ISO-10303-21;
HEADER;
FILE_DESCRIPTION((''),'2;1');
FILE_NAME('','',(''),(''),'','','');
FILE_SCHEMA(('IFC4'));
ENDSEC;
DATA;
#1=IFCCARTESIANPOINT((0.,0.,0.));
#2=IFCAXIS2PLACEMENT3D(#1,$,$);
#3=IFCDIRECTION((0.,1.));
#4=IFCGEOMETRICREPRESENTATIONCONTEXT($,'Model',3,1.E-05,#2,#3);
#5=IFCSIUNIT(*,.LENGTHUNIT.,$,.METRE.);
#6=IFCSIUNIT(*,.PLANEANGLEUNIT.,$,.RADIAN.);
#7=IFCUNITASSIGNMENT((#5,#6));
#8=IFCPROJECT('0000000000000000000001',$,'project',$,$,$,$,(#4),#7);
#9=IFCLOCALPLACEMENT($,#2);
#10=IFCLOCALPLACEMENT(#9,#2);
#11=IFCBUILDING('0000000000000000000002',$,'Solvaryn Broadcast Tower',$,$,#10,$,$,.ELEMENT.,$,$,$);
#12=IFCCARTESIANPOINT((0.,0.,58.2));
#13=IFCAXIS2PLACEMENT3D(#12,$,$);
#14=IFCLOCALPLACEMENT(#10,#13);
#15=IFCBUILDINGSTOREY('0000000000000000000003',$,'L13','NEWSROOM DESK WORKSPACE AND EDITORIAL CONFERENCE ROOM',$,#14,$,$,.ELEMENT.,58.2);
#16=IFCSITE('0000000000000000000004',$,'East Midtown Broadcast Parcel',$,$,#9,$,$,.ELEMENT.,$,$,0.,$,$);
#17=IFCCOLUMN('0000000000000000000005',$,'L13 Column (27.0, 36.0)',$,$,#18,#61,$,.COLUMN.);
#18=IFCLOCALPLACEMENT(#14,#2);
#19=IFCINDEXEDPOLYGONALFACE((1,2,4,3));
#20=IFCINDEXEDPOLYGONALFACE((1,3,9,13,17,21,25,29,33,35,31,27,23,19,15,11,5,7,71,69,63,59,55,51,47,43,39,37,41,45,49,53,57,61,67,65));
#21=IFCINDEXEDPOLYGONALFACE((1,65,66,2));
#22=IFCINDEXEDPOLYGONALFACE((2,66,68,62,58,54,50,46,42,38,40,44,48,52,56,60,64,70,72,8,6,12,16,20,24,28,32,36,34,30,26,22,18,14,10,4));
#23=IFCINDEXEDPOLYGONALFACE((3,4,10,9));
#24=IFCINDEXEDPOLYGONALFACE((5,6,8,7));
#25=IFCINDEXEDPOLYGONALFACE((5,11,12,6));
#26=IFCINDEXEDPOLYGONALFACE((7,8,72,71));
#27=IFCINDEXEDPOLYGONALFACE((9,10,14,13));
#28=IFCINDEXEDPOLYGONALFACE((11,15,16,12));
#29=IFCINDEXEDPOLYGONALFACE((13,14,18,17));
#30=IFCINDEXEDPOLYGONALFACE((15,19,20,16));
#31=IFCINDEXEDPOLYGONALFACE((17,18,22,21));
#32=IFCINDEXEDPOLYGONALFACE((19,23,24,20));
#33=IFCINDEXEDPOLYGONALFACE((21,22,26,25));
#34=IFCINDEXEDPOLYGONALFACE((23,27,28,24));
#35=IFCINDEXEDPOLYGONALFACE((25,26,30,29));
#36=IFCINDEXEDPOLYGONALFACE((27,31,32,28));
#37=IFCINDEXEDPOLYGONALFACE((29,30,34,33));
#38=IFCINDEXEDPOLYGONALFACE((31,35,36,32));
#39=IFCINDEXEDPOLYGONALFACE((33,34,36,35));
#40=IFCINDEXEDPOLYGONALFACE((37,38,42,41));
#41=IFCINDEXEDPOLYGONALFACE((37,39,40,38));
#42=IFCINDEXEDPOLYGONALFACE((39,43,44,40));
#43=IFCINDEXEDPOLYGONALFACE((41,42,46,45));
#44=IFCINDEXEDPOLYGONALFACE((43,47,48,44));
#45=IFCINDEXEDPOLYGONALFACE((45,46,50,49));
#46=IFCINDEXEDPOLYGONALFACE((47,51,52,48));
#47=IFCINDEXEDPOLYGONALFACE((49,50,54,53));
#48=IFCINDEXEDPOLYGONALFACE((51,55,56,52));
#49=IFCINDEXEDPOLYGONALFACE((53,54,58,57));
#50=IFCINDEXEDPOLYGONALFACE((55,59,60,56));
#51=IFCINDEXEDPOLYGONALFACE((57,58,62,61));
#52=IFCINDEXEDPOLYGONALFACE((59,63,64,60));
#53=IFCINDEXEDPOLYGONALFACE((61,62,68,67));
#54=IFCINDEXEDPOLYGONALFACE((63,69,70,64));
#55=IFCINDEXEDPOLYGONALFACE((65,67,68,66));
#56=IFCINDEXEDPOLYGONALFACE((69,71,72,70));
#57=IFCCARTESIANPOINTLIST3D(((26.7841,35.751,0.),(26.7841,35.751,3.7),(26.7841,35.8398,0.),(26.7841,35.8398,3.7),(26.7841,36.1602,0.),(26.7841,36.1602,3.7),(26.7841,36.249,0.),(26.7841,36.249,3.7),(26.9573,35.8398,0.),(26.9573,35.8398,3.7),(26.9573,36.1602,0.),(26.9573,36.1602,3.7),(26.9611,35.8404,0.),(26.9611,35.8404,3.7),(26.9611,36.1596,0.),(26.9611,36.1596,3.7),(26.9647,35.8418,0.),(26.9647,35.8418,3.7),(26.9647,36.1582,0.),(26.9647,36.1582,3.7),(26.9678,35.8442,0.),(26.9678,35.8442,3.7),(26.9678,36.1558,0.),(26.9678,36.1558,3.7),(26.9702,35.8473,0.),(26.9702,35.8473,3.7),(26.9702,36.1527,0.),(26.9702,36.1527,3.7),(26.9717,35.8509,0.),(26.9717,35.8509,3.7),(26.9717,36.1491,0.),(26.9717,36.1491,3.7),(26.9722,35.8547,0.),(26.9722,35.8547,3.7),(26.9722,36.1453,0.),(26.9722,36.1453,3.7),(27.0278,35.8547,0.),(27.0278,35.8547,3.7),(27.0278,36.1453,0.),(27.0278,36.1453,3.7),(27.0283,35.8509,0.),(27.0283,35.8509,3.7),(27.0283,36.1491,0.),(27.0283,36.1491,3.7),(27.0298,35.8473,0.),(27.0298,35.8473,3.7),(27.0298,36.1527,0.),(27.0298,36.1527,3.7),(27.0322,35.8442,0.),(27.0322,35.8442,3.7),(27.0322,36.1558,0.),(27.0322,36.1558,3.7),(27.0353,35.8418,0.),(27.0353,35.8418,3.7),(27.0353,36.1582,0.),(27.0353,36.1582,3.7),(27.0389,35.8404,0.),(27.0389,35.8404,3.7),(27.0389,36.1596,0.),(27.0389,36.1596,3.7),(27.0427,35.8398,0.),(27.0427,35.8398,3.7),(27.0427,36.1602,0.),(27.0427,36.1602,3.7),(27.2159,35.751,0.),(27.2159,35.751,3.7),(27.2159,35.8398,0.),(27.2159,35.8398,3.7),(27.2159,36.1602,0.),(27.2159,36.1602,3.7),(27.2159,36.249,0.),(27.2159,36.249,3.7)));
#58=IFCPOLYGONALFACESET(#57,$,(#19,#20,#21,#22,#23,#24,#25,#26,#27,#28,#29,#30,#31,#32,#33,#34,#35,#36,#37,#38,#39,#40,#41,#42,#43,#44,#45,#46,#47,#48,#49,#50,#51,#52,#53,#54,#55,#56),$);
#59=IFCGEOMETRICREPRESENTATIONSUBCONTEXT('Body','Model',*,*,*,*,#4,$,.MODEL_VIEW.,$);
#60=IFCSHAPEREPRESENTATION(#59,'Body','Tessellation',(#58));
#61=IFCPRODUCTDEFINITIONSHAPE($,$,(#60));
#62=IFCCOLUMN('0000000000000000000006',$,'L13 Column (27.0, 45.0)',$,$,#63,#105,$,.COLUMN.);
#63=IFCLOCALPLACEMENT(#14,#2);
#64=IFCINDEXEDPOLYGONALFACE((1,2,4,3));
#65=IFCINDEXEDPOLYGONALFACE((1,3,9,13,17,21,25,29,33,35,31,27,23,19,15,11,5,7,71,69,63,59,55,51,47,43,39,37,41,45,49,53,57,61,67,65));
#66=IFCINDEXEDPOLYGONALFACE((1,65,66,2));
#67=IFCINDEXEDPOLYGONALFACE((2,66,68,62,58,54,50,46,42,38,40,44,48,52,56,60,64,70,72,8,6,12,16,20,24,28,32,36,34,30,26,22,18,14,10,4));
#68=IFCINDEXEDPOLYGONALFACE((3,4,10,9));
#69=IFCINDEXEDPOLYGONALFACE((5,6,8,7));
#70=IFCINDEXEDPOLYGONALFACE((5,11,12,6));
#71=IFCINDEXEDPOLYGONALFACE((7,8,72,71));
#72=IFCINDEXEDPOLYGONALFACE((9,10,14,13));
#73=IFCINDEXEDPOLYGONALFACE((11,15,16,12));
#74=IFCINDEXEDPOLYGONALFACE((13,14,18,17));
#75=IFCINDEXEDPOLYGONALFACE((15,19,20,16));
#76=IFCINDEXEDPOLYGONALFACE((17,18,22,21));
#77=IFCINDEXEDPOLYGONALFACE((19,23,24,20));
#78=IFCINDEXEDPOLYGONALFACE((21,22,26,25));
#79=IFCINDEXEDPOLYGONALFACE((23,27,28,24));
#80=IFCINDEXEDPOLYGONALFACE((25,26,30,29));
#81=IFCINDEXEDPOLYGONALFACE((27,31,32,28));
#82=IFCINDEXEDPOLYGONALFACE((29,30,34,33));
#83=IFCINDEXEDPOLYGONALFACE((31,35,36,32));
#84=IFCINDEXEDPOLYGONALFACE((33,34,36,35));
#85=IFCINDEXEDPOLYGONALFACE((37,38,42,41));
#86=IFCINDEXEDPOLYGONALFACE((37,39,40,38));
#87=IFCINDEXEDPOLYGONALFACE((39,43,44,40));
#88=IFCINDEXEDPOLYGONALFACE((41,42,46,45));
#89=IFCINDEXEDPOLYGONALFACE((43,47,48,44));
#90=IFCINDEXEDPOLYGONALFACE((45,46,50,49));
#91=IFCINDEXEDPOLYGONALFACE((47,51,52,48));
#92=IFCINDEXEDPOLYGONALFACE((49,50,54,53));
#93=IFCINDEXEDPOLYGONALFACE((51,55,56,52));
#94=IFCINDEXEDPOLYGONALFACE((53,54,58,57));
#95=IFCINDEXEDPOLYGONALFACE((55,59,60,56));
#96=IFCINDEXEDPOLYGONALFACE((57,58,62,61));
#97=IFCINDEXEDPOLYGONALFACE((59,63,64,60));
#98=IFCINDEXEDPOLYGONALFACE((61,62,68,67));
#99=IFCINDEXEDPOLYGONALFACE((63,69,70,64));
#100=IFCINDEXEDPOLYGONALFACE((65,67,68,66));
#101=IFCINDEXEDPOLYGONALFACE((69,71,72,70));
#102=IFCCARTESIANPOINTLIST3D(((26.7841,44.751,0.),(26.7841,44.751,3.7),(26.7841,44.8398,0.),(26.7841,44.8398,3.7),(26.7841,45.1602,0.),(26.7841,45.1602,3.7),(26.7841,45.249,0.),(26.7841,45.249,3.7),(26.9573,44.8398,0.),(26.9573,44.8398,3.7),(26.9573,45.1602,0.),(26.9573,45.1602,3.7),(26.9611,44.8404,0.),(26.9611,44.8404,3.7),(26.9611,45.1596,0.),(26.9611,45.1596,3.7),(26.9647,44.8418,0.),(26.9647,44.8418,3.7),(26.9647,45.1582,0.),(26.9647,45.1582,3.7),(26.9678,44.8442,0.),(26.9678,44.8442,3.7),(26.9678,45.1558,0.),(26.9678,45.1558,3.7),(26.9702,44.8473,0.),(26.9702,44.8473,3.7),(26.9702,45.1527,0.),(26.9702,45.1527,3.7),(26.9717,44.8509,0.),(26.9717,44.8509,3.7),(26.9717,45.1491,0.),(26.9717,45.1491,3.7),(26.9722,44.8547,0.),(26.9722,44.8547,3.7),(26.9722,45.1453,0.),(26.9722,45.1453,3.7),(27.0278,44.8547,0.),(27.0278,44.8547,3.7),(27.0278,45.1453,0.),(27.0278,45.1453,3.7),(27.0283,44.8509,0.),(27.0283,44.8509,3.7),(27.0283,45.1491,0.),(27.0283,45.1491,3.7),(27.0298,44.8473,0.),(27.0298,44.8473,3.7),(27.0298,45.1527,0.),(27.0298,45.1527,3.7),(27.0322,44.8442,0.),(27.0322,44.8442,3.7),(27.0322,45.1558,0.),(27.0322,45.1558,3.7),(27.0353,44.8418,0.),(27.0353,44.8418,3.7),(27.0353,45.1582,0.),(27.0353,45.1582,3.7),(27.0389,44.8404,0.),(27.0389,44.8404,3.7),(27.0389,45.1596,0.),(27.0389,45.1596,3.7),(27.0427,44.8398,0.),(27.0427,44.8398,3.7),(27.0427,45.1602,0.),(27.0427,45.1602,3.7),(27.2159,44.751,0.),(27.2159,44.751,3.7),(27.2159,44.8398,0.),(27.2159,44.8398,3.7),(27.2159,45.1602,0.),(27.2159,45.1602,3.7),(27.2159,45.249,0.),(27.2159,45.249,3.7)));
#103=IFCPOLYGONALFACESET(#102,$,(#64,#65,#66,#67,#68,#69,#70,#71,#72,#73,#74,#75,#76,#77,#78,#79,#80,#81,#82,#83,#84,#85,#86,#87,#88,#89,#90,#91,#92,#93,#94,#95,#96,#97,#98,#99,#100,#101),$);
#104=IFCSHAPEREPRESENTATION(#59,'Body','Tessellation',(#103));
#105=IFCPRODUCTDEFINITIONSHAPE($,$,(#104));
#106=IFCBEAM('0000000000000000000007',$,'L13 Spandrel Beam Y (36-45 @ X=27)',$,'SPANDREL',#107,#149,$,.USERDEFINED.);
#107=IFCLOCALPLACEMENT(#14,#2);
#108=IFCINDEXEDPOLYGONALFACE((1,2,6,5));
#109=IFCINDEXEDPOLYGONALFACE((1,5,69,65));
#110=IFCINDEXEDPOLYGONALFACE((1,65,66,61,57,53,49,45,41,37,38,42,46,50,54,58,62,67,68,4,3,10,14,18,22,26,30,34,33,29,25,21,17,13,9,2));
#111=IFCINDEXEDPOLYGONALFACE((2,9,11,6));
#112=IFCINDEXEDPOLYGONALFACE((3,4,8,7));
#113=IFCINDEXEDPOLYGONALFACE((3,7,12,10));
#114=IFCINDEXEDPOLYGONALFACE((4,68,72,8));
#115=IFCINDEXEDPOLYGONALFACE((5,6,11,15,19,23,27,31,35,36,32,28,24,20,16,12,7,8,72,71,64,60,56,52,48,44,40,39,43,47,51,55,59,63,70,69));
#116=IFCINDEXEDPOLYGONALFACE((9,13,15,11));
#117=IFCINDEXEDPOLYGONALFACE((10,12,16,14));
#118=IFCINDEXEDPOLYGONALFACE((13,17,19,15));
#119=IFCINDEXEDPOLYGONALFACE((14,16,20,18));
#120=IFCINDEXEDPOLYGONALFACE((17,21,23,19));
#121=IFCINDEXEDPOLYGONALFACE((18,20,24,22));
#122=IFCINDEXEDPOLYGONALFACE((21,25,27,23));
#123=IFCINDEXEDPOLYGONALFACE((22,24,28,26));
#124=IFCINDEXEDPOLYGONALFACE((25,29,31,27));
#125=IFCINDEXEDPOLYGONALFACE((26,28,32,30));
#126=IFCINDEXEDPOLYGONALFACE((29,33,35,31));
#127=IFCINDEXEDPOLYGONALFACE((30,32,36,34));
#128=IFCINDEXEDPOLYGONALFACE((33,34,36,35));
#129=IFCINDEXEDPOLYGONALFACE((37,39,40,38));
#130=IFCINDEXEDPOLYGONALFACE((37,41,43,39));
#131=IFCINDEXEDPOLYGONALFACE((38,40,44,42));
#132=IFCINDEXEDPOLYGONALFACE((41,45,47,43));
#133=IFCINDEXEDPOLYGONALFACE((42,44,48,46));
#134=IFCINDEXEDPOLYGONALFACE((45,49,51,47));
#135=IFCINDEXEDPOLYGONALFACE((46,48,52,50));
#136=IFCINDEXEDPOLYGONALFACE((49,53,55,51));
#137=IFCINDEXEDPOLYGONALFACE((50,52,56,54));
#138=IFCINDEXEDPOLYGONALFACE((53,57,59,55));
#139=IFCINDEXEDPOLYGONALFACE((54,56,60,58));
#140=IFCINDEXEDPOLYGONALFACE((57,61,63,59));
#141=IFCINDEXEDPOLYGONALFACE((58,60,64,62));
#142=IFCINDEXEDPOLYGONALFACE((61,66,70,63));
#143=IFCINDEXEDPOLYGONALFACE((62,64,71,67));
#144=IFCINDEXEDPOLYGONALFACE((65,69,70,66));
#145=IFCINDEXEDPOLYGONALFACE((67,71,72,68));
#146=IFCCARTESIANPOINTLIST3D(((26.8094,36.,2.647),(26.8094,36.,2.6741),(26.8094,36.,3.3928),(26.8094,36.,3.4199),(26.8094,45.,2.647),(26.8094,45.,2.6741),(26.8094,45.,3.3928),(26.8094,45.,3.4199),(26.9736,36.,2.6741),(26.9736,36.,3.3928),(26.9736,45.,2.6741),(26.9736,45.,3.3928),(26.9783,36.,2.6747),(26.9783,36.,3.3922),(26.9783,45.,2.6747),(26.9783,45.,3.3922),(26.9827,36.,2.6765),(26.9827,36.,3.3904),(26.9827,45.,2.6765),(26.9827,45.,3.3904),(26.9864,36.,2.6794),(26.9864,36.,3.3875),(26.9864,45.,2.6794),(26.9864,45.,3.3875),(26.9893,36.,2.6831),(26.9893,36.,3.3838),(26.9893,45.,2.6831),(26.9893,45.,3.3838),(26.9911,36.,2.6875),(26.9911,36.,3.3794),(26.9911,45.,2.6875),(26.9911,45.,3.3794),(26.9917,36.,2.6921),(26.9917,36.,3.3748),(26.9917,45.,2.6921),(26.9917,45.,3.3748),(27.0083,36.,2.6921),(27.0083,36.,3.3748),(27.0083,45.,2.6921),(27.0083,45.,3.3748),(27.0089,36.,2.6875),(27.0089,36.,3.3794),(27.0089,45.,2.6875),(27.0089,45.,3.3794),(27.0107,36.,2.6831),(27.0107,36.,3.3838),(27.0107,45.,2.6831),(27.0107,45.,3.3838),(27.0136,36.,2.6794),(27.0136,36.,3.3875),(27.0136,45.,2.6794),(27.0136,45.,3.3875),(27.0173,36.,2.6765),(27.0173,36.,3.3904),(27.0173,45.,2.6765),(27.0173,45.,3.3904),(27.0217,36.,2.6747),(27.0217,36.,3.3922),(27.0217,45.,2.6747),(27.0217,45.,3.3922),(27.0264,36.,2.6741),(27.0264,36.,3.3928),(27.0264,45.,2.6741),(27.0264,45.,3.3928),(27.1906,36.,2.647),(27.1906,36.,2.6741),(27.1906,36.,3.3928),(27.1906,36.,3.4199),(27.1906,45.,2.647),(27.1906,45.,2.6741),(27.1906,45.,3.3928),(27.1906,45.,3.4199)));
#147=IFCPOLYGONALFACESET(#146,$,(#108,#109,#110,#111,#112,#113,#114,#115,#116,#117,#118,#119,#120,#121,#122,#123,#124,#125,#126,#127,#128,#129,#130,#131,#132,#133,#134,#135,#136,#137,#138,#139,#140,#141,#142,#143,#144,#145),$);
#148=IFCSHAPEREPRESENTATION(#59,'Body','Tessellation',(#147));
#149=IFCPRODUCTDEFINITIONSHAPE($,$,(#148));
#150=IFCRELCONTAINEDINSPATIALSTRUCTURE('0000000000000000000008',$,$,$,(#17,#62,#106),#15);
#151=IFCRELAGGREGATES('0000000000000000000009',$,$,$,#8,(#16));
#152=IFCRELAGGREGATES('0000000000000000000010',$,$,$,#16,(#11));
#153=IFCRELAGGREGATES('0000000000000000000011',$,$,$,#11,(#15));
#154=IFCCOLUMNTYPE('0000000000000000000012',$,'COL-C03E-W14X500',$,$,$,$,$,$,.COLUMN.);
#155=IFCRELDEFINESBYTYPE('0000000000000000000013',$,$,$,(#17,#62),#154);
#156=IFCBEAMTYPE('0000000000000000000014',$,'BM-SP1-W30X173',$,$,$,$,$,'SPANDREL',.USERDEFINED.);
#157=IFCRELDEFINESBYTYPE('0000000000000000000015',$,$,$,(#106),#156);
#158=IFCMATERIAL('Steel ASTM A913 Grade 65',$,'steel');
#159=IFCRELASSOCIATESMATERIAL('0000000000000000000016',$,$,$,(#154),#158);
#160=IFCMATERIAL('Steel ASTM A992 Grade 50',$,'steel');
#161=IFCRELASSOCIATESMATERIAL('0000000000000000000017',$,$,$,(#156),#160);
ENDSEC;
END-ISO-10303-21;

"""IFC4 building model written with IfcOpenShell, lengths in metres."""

from ifc_helpers import new_model, si_unit, direction, frame, origin, origin_2d, place, context, subcontext, project, spatial, i_section, extrude, material, material_profile, profile_set, type_object, element, save


model = new_model("IFC4")

# Units and contexts
model_context = context("Model", 3, precision=1e-05, world=origin(), true_north=direction((0.0, 1.0)))
body_context = subcontext(model_context, "Body", "Model", "MODEL_VIEW")
ifc_project = project(units=[si_unit("LENGTHUNIT", "METRE"), si_unit("PLANEANGLEUNIT", "RADIAN")], contexts=[model_context])

# Site, building, storey
site_placement = place(None, origin())
site = spatial("IfcSite", under=ifc_project, at=site_placement, Name="East Midtown Broadcast Parcel", CompositionType="ELEMENT", RefElevation=0.0)
building_placement = place(site_placement, origin())
building = spatial("IfcBuilding", under=site, at=building_placement, Name="Solvaryn Broadcast Tower", CompositionType="ELEMENT")
storey_placement = place(building_placement, frame((0.0, 0.0, 58.2)))
storey = spatial("IfcBuildingStorey", under=building, at=storey_placement, Name="L13", Description="NEWSROOM DESK WORKSPACE AND EDITORIAL CONFERENCE ROOM", CompositionType="ELEMENT", Elevation=58.2)

# Columns
ifc_material_1 = material(Name="Steel ASTM A913 Grade 65", Category="steel")
ifc_material_profile_1 = material_profile(ifc_material_1, i_section(OverallWidth=0.4319, OverallDepth=0.498, WebThickness=0.0557, FlangeThickness=0.0889, FilletRadius=0.0149, at=origin_2d()))
ifc_profile_set_1 = profile_set([ifc_material_profile_1], Name="Steel ASTM A913 Grade 65")
column_type = type_object("IfcColumnType", Name="COL-C03E-W14X500", PredefinedType="COLUMN", material=ifc_profile_set_1)
for number, where, z_axis, x_axis, name in (
    (1, (27.0, 36.0, 0.0), (0.0, 0.0, 1.0), (1.0, 0.0, 0.0), "L13 Column (27.0, 36.0)"),
    (2, (27.0, 45.0, 0.0), (0.0, 0.0, 1.0), (1.0, 0.0, 0.0), "L13 Column (27.0, 45.0)"),
):
    element("IfcColumn", number, at=place(storey_placement, frame(where, z_axis=z_axis, x_axis=x_axis)), inside=storey, type_object=column_type, Name=name, PredefinedType="COLUMN", context=body_context, shape_type="SweptSolid", body=[
        extrude(i_section(OverallWidth=0.4319, OverallDepth=0.498, WebThickness=0.0557, FlangeThickness=0.0889, FilletRadius=0.0149, at=origin_2d()), origin(), (0.0, 0.0, 1.0), 3.7),
    ])

# Beam
ifc_material_2 = material(Name="Steel ASTM A992 Grade 50", Category="steel")
ifc_material_profile_2 = material_profile(ifc_material_2, i_section(OverallWidth=0.3811, OverallDepth=0.7729, WebThickness=0.0166, FlangeThickness=0.0271, FilletRadius=0.0181, at=origin_2d()))
ifc_profile_set_2 = profile_set([ifc_material_profile_2], Name="Steel ASTM A992 Grade 50")
beam_type = type_object("IfcBeamType", Name="BM-SP1-W30X173", ElementType="SPANDREL", PredefinedType="USERDEFINED", material=ifc_profile_set_2)
beam_placement = place(storey_placement, frame((27.0, 36.0, 3.0334), z_axis=(0.0, 1.0, 0.0), x_axis=(-1.0, 0.0, 0.0)))
element("IfcBeam", 3, at=beam_placement, inside=storey, type_object=beam_type, Name="L13 Spandrel Beam Y (36-45 @ X=27)", ObjectType="SPANDREL", PredefinedType="USERDEFINED", context=body_context, shape_type="SweptSolid", body=[
    extrude(i_section(OverallWidth=0.3811, OverallDepth=0.7729, WebThickness=0.0166, FlangeThickness=0.0271, FilletRadius=0.0181, at=origin_2d()), origin(), (0.0, 0.0, 1.0), 9.0),
])

save(model, "model.ifc")
